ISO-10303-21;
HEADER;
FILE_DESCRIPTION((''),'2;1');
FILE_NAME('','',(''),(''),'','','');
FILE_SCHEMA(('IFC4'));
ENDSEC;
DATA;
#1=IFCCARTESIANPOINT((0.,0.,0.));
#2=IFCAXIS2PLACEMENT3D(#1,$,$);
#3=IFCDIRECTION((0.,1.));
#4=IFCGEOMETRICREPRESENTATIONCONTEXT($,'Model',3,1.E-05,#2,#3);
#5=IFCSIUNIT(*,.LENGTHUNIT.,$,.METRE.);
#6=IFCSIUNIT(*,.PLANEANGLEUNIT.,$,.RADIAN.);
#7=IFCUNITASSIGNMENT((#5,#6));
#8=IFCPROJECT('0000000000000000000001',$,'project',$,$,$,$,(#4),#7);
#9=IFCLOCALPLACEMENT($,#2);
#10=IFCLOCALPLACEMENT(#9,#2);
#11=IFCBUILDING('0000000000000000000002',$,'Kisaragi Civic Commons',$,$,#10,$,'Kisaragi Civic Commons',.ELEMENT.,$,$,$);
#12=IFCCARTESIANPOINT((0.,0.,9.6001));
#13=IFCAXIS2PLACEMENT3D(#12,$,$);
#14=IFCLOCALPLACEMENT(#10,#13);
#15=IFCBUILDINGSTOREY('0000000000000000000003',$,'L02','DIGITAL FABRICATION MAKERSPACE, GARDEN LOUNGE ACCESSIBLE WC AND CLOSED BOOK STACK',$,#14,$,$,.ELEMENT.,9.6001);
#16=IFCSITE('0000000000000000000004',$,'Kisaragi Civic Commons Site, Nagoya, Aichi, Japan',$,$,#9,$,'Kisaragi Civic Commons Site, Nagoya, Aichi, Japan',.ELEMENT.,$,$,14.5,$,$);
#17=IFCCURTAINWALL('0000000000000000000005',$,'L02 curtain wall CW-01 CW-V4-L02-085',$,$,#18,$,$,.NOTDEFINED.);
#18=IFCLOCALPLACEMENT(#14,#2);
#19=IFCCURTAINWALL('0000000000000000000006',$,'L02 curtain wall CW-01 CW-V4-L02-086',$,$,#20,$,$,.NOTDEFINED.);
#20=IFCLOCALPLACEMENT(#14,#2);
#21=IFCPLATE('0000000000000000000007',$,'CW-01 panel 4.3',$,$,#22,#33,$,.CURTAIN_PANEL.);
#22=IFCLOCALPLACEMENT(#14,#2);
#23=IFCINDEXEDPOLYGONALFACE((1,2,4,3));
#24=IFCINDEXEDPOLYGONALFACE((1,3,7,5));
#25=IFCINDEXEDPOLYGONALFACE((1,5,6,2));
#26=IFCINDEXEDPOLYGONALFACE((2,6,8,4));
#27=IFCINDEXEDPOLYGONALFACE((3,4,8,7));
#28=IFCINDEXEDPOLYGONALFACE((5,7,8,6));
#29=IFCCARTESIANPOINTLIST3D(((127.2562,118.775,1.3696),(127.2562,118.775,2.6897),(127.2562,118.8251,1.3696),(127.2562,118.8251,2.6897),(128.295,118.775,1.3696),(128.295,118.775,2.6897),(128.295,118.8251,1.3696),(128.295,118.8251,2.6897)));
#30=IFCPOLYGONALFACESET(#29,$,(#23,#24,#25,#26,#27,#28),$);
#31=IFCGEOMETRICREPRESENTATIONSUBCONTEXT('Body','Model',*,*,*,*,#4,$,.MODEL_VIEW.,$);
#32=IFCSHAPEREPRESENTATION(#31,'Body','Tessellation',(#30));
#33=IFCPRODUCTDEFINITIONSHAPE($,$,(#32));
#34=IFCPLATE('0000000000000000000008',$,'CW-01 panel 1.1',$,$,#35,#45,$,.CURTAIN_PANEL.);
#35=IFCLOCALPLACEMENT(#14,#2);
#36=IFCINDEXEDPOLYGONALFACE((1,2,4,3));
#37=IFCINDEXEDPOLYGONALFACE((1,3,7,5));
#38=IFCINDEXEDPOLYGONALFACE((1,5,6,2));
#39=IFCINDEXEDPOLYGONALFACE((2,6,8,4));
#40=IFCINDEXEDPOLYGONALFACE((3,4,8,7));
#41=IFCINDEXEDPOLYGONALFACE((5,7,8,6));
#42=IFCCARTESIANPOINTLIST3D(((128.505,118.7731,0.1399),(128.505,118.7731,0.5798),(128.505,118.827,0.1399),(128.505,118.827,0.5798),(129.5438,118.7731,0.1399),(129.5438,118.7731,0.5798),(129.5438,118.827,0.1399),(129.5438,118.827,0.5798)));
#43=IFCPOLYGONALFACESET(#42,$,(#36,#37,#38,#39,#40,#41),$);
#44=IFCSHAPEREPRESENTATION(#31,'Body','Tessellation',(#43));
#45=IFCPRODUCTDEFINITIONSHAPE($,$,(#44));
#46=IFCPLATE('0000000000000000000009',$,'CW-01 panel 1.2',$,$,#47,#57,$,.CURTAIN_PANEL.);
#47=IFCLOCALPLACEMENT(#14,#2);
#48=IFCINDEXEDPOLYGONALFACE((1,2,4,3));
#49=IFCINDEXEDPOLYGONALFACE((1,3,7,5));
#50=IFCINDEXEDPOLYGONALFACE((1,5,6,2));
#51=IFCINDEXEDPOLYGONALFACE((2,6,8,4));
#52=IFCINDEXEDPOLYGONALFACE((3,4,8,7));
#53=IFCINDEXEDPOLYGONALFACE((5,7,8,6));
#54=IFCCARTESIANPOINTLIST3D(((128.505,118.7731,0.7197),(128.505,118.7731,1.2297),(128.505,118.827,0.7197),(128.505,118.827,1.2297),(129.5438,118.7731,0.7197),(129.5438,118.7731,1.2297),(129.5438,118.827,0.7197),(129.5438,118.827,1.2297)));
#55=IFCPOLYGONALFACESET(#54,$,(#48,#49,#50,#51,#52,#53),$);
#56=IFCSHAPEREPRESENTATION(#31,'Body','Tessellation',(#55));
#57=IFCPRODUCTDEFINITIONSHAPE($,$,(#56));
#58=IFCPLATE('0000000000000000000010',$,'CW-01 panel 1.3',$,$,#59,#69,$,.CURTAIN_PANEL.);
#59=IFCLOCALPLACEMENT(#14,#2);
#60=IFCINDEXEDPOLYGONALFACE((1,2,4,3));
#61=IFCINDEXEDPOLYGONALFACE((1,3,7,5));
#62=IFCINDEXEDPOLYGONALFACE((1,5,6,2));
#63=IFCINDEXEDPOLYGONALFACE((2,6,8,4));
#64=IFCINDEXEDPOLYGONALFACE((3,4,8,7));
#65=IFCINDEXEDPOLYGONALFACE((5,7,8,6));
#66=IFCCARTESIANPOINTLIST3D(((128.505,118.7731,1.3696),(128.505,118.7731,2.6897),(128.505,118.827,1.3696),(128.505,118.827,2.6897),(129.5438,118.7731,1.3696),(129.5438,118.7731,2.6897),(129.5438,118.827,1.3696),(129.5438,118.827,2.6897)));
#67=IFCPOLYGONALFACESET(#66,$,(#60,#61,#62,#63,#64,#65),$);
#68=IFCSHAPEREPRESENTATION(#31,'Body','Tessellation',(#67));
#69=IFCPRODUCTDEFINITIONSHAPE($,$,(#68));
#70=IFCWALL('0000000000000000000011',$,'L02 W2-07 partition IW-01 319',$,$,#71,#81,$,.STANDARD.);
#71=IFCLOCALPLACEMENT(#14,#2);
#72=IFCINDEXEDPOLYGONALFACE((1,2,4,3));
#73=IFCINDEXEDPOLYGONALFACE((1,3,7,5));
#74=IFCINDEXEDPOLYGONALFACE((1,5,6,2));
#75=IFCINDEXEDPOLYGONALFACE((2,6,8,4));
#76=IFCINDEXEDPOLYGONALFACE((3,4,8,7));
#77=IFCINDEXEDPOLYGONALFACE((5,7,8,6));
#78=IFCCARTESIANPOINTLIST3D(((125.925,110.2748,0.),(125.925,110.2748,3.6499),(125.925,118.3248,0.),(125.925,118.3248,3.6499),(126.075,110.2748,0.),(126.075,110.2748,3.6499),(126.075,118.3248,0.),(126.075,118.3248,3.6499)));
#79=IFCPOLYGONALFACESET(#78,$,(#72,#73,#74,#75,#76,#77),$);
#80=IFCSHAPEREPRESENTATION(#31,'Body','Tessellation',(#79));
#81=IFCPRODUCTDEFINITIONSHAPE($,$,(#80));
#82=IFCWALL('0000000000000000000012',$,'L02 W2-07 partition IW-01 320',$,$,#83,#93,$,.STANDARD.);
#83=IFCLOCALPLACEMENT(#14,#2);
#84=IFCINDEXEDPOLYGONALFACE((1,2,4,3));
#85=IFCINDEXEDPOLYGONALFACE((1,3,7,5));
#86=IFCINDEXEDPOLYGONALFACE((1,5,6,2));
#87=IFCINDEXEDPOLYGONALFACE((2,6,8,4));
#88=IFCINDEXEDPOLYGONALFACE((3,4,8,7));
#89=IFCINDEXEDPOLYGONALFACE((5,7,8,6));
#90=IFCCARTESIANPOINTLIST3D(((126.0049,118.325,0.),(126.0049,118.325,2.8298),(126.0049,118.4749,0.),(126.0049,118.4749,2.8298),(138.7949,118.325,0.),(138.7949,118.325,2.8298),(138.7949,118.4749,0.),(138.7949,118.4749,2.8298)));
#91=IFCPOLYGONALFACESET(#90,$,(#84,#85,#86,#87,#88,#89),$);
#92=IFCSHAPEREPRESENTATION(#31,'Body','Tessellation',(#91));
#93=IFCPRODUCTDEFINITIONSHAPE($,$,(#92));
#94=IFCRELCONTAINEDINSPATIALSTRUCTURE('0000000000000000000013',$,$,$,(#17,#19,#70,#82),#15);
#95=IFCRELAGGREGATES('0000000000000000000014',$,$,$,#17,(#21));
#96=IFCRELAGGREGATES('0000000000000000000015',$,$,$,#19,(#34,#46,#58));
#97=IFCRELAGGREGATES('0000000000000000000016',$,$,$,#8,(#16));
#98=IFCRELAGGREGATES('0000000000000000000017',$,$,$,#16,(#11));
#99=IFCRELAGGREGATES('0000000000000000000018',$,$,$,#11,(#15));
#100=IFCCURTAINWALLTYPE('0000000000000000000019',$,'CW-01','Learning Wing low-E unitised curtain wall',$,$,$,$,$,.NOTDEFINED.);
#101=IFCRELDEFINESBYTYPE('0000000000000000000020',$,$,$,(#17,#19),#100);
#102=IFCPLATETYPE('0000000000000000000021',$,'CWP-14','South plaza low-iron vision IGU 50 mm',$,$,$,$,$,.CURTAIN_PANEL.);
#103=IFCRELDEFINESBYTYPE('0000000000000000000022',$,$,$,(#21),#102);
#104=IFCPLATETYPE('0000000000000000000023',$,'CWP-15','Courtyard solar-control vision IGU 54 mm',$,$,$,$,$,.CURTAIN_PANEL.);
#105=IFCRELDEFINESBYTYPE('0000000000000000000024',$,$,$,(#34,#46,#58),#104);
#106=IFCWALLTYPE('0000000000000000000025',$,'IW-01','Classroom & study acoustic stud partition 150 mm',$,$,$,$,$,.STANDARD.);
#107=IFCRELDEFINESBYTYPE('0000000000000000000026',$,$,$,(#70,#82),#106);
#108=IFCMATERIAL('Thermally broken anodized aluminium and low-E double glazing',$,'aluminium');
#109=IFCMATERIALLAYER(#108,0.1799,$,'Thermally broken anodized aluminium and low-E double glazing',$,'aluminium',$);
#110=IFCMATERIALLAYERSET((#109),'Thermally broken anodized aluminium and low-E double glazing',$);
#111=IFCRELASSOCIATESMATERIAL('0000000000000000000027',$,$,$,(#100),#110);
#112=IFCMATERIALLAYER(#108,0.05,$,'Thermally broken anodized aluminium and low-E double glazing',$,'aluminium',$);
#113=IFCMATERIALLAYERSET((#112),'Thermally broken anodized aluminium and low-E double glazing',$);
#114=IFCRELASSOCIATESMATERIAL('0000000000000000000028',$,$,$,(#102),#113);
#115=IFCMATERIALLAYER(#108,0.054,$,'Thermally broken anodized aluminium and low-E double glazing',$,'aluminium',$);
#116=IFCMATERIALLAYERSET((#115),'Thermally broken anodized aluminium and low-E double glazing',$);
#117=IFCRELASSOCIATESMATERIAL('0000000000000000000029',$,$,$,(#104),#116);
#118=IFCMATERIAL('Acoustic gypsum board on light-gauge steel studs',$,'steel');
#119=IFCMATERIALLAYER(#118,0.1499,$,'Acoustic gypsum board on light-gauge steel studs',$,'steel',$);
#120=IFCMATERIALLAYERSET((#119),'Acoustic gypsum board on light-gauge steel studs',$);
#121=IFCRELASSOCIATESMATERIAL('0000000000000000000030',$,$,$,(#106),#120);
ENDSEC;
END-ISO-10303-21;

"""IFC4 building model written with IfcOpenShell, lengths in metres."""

from ifc_helpers import new_model, si_unit, direction, frame, frame_2d, origin, origin_2d, place, context, subcontext, project, spatial, rectangle, extrude, material, layer, layer_set, type_object, element, aggregate, save


model = new_model("IFC4")

# Units and contexts
model_context = context("Model", 3, precision=1e-05, world=origin(), true_north=direction((0.0, 1.0)))
body_context = subcontext(model_context, "Body", "Model", "MODEL_VIEW")
ifc_project = project(units=[si_unit("LENGTHUNIT", "METRE"), si_unit("PLANEANGLEUNIT", "RADIAN")], contexts=[model_context])

# Site, building, storey
site_placement = place(None, origin())
site = spatial("IfcSite", under=ifc_project, at=site_placement, Name="Kisaragi Civic Commons Site, Nagoya, Aichi, Japan", LongName="Kisaragi Civic Commons Site, Nagoya, Aichi, Japan", CompositionType="ELEMENT", RefElevation=14.5)
building_placement = place(site_placement, origin())
building = spatial("IfcBuilding", under=site, at=building_placement, Name="Kisaragi Civic Commons", LongName="Kisaragi Civic Commons", CompositionType="ELEMENT")
storey_placement = place(building_placement, frame((0.0, 0.0, 9.6001)))
storey = spatial("IfcBuildingStorey", under=building, at=storey_placement, Name="L02", Description="DIGITAL FABRICATION MAKERSPACE, GARDEN LOUNGE ACCESSIBLE WC AND CLOSED BOOK STACK", CompositionType="ELEMENT", Elevation=9.6001)

# Curtain walls
ifc_material_1 = material(Name="Thermally broken anodized aluminium and low-E double glazing", Category="aluminium")
ifc_layer_1 = layer(ifc_material_1, 0.1799, Name="Thermally broken anodized aluminium and low-E double glazing", Category="aluminium")
ifc_layer_set_1 = layer_set([ifc_layer_1], Name="Thermally broken anodized aluminium and low-E double glazing")
curtain_wall_type = type_object("IfcCurtainWallType", Name="CW-01", Description="Learning Wing low-E unitised curtain wall", PredefinedType="NOTDEFINED", material=ifc_layer_set_1)
curtain_wall_1_placement = place(storey_placement, origin())
curtain_wall_1 = element("IfcCurtainWall", 1, at=curtain_wall_1_placement, inside=storey, type_object=curtain_wall_type, Name="L02 curtain wall CW-01 CW-V4-L02-085", PredefinedType="NOTDEFINED")
curtain_wall_2_placement = place(storey_placement, origin())
curtain_wall_2 = element("IfcCurtainWall", 2, at=curtain_wall_2_placement, inside=storey, type_object=curtain_wall_type, Name="L02 curtain wall CW-01 CW-V4-L02-086", PredefinedType="NOTDEFINED")

# Plates
ifc_layer_2 = layer(ifc_material_1, 0.05, Name="Thermally broken anodized aluminium and low-E double glazing", Category="aluminium")
ifc_layer_set_2 = layer_set([ifc_layer_2], Name="Thermally broken anodized aluminium and low-E double glazing")
plate_type_1 = type_object("IfcPlateType", Name="CWP-14", Description="South plaza low-iron vision IGU 50 mm", PredefinedType="CURTAIN_PANEL", material=ifc_layer_set_2)
plate_1_placement = place(storey_placement, frame((127.7756, 118.8, 1.3696), z_axis=(0.0, 0.0, 1.0), x_axis=(1.0, 0.0, 0.0)))
plate_1 = element("IfcPlate", 3, at=plate_1_placement, type_object=plate_type_1, Name="CW-01 panel 4.3", PredefinedType="CURTAIN_PANEL", context=body_context, shape_type="SweptSolid", body=[
    extrude(rectangle(XDim=1.0388, YDim=0.05, at=origin_2d()), origin(), (0.0, 0.0, 1.0), 1.3201),
])
aggregate(curtain_wall_1, [plate_1])
ifc_layer_3 = layer(ifc_material_1, 0.054, Name="Thermally broken anodized aluminium and low-E double glazing", Category="aluminium")
ifc_layer_set_3 = layer_set([ifc_layer_3], Name="Thermally broken anodized aluminium and low-E double glazing")
plate_type_2 = type_object("IfcPlateType", Name="CWP-15", Description="Courtyard solar-control vision IGU 54 mm", PredefinedType="CURTAIN_PANEL", material=ifc_layer_set_3)
plate_2_placement = place(storey_placement, frame((129.0244, 118.8, 0.1399), z_axis=(0.0, 0.0, 1.0), x_axis=(1.0, 0.0, 0.0)))
plate_2 = element("IfcPlate", 4, at=plate_2_placement, type_object=plate_type_2, Name="CW-01 panel 1.1", PredefinedType="CURTAIN_PANEL", context=body_context, shape_type="SweptSolid", body=[
    extrude(rectangle(XDim=1.0388, YDim=0.054, at=origin_2d()), origin(), (0.0, 0.0, 1.0), 0.4399),
])
plate_3_placement = place(storey_placement, frame((129.0244, 118.8, 0.7197), z_axis=(0.0, 0.0, 1.0), x_axis=(1.0, 0.0, 0.0)))
plate_3 = element("IfcPlate", 5, at=plate_3_placement, type_object=plate_type_2, Name="CW-01 panel 1.2", PredefinedType="CURTAIN_PANEL", context=body_context, shape_type="SweptSolid", body=[
    extrude(rectangle(XDim=1.0388, YDim=0.054, at=origin_2d()), origin(), (0.0, 0.0, 1.0), 0.51),
])
plate_4_placement = place(storey_placement, frame((129.0244, 118.8, 1.3696), z_axis=(0.0, 0.0, 1.0), x_axis=(1.0, 0.0, 0.0)))
plate_4 = element("IfcPlate", 6, at=plate_4_placement, type_object=plate_type_2, Name="CW-01 panel 1.3", PredefinedType="CURTAIN_PANEL", context=body_context, shape_type="SweptSolid", body=[
    extrude(rectangle(XDim=1.0388, YDim=0.054, at=origin_2d()), origin(), (0.0, 0.0, 1.0), 1.3201),
])
aggregate(curtain_wall_2, [plate_2, plate_3, plate_4])

# Walls
ifc_material_2 = material(Name="Acoustic gypsum board on light-gauge steel studs", Category="steel")
ifc_layer_4 = layer(ifc_material_2, 0.1499, Name="Acoustic gypsum board on light-gauge steel studs", Category="steel")
ifc_layer_set_4 = layer_set([ifc_layer_4], Name="Acoustic gypsum board on light-gauge steel studs")
wall_type = type_object("IfcWallType", Name="IW-01", Description="Classroom & study acoustic stud partition 150 mm", PredefinedType="STANDARD", material=ifc_layer_set_4)
wall_1_placement = place(storey_placement, frame((126.0, 110.2749, 0.0), z_axis=(0.0, 0.0, 1.0), x_axis=(0.0, 1.0, 0.0)))
element("IfcWall", 7, at=wall_1_placement, inside=storey, type_object=wall_type, Name="L02 W2-07 partition IW-01 319", PredefinedType="STANDARD", context=body_context, shape_type="SweptSolid", body=[
    extrude(rectangle(XDim=8.05, YDim=0.1499, at=frame_2d((4.0249, 0.0))), origin(), (0.0, 0.0, 1.0), 3.6499),
])
wall_2_placement = place(storey_placement, frame((126.0049, 118.3999, 0.0), z_axis=(0.0, 0.0, 1.0), x_axis=(1.0, 0.0, 0.0)))
element("IfcWall", 8, at=wall_2_placement, inside=storey, type_object=wall_type, Name="L02 W2-07 partition IW-01 320", PredefinedType="STANDARD", context=body_context, shape_type="SweptSolid", body=[
    extrude(rectangle(XDim=12.79, YDim=0.1499, at=frame_2d((6.395, 0.0))), origin(), (0.0, 0.0, 1.0), 2.8298),
])

save(model, "model.ifc")
